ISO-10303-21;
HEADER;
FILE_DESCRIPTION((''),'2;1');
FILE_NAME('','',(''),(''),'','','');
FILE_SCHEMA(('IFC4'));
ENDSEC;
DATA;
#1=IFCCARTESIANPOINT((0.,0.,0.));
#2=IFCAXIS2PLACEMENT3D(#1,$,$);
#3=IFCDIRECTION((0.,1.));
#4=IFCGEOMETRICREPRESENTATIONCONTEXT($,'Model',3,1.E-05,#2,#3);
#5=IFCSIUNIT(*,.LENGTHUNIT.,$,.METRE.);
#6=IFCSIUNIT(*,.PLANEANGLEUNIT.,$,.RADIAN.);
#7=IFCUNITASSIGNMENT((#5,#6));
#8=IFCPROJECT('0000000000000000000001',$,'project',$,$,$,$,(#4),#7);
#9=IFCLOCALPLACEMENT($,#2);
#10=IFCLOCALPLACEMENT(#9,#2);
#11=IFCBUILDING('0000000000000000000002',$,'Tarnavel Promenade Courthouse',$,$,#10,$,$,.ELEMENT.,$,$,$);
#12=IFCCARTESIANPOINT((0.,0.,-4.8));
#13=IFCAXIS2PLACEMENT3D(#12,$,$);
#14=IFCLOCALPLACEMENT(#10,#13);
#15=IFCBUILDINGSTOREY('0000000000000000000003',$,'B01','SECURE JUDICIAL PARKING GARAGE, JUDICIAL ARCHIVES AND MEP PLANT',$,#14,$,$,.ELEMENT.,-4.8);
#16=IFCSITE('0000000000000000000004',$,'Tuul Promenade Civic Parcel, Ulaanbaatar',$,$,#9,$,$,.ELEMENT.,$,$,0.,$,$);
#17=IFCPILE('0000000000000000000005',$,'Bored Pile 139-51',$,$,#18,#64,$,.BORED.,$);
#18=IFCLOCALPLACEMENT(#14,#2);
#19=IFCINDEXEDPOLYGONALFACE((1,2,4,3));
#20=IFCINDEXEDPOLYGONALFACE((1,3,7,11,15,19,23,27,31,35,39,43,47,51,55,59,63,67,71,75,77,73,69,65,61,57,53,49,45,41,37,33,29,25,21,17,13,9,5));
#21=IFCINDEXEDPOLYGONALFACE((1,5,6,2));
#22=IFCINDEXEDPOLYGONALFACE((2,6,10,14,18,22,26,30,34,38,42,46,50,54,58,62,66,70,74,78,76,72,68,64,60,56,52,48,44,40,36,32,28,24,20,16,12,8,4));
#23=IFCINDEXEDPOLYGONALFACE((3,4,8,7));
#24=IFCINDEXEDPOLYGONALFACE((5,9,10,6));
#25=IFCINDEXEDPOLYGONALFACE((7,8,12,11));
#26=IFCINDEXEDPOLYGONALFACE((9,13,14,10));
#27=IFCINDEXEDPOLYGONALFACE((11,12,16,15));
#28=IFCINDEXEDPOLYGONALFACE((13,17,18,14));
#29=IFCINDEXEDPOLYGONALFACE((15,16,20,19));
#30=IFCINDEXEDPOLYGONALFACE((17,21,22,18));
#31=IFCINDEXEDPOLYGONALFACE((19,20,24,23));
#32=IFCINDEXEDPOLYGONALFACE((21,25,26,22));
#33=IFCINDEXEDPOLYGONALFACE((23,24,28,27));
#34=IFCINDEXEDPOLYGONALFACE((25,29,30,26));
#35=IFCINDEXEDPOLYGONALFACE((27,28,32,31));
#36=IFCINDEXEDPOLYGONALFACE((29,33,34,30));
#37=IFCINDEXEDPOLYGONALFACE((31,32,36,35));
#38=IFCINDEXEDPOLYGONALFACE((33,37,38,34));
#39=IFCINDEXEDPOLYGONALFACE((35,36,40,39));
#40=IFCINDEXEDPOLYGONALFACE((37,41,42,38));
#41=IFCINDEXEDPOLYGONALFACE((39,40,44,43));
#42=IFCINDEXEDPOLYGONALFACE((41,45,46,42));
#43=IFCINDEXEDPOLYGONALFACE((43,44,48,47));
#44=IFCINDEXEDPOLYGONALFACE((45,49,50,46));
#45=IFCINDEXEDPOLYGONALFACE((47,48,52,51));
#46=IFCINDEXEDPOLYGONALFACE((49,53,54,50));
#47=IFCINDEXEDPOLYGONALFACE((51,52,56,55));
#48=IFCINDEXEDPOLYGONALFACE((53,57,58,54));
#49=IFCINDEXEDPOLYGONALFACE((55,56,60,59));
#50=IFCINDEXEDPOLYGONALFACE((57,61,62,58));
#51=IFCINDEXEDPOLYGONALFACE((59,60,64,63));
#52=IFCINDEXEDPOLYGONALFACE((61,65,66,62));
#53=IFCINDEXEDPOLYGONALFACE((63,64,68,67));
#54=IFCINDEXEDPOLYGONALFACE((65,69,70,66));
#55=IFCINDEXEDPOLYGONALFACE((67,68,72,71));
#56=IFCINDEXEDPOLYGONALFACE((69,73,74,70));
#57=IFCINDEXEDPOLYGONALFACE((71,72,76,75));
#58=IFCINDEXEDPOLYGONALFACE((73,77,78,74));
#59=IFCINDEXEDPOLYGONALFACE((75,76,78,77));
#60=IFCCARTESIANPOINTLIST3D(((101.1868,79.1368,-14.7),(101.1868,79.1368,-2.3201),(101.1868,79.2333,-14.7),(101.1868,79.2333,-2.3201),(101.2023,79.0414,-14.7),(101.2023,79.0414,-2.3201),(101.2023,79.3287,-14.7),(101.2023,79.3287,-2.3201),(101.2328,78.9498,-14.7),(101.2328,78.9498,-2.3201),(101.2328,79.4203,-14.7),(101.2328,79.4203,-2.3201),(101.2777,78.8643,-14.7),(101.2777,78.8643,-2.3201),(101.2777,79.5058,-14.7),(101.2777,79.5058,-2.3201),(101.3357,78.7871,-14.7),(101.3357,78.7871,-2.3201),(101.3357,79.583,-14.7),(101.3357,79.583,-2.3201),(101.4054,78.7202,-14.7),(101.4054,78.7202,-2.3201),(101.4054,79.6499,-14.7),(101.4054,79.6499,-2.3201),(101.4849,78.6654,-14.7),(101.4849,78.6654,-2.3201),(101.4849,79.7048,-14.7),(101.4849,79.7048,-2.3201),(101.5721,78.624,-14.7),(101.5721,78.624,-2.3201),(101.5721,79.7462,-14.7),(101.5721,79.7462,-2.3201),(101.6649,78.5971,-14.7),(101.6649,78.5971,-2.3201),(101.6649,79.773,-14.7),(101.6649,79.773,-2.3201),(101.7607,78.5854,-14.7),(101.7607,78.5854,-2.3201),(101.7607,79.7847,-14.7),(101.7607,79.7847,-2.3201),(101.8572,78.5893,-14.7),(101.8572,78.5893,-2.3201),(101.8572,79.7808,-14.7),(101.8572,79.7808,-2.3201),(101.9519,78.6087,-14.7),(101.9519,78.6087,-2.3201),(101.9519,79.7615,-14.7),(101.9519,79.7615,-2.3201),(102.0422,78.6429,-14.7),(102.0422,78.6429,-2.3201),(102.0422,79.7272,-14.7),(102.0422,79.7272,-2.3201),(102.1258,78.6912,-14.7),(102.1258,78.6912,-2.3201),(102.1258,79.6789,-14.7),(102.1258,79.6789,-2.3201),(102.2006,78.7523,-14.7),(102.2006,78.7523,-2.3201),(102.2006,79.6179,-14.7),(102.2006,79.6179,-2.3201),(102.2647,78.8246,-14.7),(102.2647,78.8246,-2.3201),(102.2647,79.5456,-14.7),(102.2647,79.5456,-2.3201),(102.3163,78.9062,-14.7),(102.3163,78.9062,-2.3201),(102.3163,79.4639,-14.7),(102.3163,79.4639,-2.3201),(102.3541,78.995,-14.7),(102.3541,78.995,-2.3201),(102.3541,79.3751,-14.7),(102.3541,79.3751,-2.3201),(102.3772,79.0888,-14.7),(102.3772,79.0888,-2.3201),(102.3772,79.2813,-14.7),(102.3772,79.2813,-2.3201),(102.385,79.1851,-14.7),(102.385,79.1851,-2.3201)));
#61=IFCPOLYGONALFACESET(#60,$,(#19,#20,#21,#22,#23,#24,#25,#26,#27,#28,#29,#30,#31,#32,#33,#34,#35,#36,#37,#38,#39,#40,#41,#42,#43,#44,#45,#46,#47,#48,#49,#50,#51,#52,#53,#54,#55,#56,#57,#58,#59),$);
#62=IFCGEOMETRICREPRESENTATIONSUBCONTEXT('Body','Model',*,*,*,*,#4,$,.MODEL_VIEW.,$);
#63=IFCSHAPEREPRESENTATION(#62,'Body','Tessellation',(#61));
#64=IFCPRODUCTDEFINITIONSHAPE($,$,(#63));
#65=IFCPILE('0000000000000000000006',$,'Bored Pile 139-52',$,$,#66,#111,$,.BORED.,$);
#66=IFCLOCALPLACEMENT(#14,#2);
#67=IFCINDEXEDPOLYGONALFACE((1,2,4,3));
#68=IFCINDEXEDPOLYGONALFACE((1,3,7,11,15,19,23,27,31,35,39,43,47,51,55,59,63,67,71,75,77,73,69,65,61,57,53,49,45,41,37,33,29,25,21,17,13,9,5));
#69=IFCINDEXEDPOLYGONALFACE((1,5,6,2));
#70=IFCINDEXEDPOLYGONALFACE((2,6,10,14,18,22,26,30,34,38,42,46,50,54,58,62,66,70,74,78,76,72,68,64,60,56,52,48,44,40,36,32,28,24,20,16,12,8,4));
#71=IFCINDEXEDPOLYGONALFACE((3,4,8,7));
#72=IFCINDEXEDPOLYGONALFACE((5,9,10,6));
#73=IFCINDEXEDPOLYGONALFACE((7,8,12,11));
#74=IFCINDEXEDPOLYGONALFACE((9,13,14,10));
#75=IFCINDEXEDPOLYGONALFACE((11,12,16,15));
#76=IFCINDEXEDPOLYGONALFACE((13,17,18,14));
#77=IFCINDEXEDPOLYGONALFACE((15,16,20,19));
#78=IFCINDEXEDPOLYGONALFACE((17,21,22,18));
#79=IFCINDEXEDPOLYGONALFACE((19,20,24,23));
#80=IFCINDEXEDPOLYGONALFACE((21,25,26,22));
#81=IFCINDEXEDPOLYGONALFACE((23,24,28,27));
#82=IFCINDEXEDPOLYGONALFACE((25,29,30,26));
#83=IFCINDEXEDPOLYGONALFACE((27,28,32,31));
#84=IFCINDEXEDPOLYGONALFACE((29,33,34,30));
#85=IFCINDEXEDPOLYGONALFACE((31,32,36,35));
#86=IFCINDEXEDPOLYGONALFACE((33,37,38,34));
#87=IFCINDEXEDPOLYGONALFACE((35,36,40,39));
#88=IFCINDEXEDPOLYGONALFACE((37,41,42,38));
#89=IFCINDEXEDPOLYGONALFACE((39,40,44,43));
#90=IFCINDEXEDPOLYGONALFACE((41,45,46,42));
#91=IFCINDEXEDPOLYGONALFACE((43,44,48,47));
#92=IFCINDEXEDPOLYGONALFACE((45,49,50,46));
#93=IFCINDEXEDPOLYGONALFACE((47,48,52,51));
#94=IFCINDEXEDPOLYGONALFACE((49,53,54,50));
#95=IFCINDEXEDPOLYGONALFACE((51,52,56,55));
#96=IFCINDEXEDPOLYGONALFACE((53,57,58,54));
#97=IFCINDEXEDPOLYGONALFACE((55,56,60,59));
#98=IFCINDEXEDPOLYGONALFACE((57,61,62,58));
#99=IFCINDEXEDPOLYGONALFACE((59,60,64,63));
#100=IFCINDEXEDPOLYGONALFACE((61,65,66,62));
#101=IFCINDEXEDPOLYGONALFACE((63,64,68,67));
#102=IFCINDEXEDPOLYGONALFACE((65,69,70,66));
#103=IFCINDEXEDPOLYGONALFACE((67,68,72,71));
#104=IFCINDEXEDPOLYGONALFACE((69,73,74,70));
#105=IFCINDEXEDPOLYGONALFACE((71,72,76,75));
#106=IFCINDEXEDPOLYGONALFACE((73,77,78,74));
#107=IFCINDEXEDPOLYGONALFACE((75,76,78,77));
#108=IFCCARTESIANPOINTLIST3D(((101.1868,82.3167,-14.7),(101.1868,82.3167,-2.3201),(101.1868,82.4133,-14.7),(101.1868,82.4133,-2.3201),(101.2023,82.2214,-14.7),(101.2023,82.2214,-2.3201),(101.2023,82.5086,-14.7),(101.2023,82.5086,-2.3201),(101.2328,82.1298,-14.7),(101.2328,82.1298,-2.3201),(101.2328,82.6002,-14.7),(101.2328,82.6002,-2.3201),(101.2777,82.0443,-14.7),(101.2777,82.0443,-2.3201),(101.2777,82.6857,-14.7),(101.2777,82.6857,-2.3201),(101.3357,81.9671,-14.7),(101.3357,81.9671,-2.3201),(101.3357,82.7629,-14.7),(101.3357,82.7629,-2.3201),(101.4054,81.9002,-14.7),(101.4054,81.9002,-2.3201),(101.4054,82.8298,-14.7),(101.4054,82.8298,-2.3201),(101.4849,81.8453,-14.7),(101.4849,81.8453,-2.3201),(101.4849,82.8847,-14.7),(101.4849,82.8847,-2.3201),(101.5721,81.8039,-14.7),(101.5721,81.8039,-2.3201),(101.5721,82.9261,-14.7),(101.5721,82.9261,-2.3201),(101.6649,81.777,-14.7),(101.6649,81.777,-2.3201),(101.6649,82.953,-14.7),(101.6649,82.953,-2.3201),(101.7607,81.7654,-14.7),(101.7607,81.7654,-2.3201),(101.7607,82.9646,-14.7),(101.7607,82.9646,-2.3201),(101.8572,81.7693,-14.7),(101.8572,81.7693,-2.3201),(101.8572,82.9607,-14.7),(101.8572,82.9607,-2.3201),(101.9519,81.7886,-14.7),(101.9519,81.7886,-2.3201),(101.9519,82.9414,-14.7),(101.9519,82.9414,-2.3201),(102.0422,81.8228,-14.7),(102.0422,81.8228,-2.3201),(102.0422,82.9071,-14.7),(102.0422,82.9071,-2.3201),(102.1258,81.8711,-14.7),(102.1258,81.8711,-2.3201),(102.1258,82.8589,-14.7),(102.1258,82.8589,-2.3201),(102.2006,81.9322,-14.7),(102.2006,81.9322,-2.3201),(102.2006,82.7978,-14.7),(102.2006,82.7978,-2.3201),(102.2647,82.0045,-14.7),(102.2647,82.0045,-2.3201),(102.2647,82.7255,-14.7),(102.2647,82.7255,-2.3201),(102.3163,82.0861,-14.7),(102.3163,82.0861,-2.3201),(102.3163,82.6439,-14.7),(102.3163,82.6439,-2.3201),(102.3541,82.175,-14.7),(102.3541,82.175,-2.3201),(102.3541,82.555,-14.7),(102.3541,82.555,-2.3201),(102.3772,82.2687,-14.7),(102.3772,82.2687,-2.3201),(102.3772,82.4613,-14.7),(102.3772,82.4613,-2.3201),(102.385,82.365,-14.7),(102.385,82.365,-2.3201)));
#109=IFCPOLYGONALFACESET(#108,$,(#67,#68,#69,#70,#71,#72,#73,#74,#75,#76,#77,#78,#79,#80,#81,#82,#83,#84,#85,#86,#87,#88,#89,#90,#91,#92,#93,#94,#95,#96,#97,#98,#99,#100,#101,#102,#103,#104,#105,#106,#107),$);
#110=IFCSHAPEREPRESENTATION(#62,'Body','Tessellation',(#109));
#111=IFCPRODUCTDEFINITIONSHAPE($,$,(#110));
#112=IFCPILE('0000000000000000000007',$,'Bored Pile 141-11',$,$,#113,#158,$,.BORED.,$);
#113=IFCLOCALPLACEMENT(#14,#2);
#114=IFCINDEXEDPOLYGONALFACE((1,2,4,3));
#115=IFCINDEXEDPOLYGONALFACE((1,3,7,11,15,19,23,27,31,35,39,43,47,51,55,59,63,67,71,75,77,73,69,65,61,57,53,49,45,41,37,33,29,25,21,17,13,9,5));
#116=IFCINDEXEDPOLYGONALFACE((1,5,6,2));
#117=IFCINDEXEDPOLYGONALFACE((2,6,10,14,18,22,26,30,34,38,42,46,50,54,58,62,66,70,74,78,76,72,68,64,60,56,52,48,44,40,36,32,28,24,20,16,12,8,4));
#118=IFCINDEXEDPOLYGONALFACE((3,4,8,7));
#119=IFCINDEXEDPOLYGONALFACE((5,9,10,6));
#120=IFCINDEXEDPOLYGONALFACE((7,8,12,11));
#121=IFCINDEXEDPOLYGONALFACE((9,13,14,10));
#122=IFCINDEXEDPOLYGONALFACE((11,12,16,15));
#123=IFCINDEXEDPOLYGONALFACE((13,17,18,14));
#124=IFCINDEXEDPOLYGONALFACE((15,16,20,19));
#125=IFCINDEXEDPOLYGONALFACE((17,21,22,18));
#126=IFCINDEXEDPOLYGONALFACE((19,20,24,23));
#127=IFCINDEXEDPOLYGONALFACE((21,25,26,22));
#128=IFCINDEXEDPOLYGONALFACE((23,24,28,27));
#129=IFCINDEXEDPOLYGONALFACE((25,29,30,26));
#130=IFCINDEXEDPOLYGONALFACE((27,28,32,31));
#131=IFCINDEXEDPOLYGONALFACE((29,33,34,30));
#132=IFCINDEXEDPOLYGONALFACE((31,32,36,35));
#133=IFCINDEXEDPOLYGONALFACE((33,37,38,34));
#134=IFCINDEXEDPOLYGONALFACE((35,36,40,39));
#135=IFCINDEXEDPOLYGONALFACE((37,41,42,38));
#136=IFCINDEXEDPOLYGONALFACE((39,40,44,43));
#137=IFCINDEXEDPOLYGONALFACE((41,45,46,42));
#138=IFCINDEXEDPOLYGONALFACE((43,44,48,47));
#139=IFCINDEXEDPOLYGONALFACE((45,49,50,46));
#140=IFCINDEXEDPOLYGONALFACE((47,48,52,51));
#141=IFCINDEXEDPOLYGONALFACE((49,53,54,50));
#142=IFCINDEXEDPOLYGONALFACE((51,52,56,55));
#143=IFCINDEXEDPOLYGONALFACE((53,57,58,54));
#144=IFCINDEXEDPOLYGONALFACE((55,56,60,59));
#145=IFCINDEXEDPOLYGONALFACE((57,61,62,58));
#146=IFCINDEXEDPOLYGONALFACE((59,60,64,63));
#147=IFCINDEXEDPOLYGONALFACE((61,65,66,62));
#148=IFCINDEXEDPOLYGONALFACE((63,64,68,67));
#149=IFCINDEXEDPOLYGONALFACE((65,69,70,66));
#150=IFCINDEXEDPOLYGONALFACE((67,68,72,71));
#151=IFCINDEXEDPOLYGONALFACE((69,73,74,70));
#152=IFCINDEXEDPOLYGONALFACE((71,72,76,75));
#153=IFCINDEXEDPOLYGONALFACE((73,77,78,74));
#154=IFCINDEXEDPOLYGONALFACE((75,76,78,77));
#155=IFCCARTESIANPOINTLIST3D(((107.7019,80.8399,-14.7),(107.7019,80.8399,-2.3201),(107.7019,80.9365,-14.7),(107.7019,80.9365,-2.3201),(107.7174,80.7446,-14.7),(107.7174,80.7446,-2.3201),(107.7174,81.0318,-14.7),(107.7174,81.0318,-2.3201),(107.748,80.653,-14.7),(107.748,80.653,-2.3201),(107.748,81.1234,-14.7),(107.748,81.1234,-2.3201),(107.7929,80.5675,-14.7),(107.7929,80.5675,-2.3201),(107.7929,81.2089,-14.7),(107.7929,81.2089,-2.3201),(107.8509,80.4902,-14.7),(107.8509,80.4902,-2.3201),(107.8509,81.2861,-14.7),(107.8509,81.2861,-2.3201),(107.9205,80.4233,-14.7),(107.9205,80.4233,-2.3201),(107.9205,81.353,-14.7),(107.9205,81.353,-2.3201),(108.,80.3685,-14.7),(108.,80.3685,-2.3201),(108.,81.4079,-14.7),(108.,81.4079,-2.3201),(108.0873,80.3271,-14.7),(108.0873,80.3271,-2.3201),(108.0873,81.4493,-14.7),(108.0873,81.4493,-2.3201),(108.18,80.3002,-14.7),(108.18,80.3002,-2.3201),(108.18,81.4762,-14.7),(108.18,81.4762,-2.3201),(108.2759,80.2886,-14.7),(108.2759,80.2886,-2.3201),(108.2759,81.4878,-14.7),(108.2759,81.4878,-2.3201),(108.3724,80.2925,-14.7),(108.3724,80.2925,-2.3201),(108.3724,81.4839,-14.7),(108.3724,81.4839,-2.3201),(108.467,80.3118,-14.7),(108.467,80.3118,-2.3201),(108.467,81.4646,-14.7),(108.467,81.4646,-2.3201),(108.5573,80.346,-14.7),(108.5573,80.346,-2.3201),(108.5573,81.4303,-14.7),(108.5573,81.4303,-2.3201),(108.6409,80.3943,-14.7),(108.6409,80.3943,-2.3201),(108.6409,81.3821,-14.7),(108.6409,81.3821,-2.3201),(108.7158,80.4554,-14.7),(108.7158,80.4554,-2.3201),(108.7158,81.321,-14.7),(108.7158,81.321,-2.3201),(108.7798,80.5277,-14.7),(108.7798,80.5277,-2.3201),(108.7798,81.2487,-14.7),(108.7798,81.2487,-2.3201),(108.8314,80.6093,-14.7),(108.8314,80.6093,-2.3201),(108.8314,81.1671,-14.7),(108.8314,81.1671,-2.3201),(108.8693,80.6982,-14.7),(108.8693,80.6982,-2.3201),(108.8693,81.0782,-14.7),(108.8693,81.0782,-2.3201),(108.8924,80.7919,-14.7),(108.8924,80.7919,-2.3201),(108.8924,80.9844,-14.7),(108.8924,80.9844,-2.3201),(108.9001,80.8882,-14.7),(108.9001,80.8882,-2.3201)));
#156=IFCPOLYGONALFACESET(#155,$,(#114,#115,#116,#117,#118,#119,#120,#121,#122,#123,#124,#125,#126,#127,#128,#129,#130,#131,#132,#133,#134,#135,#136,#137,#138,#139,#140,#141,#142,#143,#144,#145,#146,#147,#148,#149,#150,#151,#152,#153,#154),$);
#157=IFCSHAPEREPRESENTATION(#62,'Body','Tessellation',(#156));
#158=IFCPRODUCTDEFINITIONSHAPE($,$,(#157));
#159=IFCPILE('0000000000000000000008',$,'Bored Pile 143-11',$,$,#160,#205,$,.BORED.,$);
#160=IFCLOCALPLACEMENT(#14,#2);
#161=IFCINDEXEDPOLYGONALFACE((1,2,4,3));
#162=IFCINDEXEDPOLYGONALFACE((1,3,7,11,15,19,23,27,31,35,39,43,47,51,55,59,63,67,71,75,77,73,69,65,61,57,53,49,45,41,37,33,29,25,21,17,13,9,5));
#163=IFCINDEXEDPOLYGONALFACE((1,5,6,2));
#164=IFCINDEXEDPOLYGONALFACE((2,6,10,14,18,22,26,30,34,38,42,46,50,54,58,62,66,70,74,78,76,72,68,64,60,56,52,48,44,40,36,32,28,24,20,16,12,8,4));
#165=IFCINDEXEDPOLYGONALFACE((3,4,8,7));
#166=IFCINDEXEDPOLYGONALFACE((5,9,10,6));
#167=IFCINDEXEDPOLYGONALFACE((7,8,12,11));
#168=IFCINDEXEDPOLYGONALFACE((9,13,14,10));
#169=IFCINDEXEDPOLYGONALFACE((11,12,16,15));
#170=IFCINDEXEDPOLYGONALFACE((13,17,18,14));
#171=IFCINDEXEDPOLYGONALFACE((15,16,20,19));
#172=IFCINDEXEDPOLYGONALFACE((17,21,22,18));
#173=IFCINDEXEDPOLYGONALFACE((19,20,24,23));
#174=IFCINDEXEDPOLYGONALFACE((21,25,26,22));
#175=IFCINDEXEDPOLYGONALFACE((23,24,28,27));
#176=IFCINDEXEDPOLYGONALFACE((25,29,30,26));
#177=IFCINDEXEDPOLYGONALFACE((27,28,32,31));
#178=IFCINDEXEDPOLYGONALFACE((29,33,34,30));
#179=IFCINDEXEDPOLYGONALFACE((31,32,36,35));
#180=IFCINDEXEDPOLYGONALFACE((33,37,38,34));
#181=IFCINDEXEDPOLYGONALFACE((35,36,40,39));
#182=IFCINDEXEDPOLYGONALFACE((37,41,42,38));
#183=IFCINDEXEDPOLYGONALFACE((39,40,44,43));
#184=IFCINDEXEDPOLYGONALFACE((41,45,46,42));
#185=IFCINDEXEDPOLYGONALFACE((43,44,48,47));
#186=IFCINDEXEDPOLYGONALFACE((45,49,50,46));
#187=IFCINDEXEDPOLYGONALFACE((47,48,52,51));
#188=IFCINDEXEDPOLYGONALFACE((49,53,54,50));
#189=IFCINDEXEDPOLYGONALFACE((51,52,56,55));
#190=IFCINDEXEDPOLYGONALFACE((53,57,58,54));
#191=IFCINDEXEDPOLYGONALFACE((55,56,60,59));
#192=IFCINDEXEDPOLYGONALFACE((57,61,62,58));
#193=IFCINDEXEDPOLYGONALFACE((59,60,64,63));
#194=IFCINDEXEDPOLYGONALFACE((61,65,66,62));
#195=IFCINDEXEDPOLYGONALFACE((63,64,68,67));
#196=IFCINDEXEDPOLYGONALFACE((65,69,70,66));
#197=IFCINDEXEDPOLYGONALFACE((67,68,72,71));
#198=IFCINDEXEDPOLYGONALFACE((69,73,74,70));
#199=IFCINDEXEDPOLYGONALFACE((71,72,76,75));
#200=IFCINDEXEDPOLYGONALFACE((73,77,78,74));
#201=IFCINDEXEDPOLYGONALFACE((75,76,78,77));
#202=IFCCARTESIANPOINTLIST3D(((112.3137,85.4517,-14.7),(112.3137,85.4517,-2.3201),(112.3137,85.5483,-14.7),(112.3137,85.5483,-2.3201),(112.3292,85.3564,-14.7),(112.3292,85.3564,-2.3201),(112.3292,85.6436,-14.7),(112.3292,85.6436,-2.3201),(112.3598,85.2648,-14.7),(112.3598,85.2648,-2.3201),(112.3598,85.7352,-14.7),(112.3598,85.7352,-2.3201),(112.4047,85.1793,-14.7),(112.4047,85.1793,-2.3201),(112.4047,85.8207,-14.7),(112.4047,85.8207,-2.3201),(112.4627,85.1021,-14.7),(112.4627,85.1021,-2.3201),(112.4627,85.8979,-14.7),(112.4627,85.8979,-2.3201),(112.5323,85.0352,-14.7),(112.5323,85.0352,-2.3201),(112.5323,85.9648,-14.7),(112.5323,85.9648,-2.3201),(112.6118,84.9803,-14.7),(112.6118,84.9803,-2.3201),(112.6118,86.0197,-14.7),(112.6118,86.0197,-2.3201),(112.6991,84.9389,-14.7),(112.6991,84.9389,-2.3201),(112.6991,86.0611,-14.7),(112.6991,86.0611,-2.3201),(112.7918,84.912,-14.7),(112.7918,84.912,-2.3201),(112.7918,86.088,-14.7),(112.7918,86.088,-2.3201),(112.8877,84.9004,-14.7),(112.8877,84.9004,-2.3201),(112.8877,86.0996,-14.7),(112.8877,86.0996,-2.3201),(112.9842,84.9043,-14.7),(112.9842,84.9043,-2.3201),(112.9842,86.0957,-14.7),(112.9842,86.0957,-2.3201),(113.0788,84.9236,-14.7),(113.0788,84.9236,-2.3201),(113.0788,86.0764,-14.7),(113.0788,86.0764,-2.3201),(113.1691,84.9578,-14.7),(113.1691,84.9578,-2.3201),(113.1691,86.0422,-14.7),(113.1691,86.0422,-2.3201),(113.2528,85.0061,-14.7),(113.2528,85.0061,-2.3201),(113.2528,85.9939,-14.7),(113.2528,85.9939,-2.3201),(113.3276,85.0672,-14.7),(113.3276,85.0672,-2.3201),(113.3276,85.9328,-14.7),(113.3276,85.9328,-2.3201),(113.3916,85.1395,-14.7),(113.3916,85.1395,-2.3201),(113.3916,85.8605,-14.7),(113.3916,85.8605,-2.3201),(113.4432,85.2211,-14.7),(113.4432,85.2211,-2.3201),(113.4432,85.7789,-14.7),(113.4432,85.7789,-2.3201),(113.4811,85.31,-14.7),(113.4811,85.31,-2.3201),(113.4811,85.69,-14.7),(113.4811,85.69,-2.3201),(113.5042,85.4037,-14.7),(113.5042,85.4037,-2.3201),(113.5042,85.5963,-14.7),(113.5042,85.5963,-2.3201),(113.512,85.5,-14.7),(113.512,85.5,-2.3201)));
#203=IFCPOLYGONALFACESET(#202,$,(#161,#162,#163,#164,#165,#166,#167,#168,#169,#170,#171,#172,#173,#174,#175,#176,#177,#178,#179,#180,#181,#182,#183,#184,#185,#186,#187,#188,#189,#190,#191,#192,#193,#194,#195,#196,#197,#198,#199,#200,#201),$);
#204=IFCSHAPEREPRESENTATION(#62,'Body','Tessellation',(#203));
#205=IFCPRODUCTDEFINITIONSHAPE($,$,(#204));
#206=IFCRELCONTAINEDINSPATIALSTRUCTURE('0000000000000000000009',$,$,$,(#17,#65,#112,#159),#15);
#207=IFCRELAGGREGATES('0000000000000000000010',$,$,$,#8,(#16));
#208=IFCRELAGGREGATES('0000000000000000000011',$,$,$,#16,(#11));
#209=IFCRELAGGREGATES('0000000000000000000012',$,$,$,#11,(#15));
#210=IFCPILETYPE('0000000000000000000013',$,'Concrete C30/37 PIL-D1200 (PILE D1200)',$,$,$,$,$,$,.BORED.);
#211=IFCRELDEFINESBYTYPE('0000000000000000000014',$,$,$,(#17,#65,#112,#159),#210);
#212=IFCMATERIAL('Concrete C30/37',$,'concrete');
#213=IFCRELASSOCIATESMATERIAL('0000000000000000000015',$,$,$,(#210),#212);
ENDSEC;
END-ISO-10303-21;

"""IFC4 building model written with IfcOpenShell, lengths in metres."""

from ifc_helpers import new_model, si_unit, direction, frame, origin, origin_2d, place, context, subcontext, project, spatial, circle, extrude, material, material_profile, profile_set, type_object, element, save


model = new_model("IFC4")

# Units and contexts
model_context = context("Model", 3, precision=1e-05, world=origin(), true_north=direction((0.0, 1.0)))
body_context = subcontext(model_context, "Body", "Model", "MODEL_VIEW")
ifc_project = project(units=[si_unit("LENGTHUNIT", "METRE"), si_unit("PLANEANGLEUNIT", "RADIAN")], contexts=[model_context])

# Site, building, storey
site_placement = place(None, origin())
site = spatial("IfcSite", under=ifc_project, at=site_placement, Name="Tuul Promenade Civic Parcel, Ulaanbaatar", CompositionType="ELEMENT", RefElevation=0.0)
building_placement = place(site_placement, origin())
building = spatial("IfcBuilding", under=site, at=building_placement, Name="Tarnavel Promenade Courthouse", CompositionType="ELEMENT")
storey_placement = place(building_placement, frame((0.0, 0.0, -4.8)))
storey = spatial("IfcBuildingStorey", under=building, at=storey_placement, Name="B01", Description="SECURE JUDICIAL PARKING GARAGE, JUDICIAL ARCHIVES AND MEP PLANT", CompositionType="ELEMENT", Elevation=-4.8)

# Piles
ifc_material_1 = material(Name="Concrete C30/37", Category="concrete")
ifc_material_profile_1 = material_profile(ifc_material_1, circle(Radius=0.6001, at=origin_2d()), Name="PILE D1200")
ifc_profile_set_1 = profile_set([ifc_material_profile_1], Name="Concrete C30/37")
pile_type_1 = type_object("IfcPileType", Name="Concrete C30/37 PIL-D1200 (PILE D1200)", PredefinedType="BORED", material=ifc_profile_set_1)
for number, where, z_axis, x_axis, name in (
    (1, (101.7849, 79.1851, -2.3201), (0.0, 0.0, -1.0), (1.0, 0.0, 0.0), "Bored Pile 139-51"),
    (2, (101.7849, 82.365, -2.3201), (0.0, 0.0, -1.0), (1.0, 0.0, 0.0), "Bored Pile 139-52"),
    (3, (108.3, 80.8882, -2.3201), (0.0, 0.0, -1.0), (1.0, 0.0, 0.0), "Bored Pile 141-11"),
    (4, (112.9119, 85.5, -2.3201), (0.0, 0.0, -1.0), (1.0, 0.0, 0.0), "Bored Pile 143-11"),
):
    element("IfcPile", number, at=place(storey_placement, frame(where, z_axis=z_axis, x_axis=x_axis)), inside=storey, type_object=pile_type_1, Name=name, PredefinedType="BORED", context=body_context, shape_type="SweptSolid", body=[
        extrude(circle(Radius=0.6001, at=origin_2d()), origin(), (0.0, 0.0, 1.0), 12.3799),
    ])

save(model, "model.ifc")
